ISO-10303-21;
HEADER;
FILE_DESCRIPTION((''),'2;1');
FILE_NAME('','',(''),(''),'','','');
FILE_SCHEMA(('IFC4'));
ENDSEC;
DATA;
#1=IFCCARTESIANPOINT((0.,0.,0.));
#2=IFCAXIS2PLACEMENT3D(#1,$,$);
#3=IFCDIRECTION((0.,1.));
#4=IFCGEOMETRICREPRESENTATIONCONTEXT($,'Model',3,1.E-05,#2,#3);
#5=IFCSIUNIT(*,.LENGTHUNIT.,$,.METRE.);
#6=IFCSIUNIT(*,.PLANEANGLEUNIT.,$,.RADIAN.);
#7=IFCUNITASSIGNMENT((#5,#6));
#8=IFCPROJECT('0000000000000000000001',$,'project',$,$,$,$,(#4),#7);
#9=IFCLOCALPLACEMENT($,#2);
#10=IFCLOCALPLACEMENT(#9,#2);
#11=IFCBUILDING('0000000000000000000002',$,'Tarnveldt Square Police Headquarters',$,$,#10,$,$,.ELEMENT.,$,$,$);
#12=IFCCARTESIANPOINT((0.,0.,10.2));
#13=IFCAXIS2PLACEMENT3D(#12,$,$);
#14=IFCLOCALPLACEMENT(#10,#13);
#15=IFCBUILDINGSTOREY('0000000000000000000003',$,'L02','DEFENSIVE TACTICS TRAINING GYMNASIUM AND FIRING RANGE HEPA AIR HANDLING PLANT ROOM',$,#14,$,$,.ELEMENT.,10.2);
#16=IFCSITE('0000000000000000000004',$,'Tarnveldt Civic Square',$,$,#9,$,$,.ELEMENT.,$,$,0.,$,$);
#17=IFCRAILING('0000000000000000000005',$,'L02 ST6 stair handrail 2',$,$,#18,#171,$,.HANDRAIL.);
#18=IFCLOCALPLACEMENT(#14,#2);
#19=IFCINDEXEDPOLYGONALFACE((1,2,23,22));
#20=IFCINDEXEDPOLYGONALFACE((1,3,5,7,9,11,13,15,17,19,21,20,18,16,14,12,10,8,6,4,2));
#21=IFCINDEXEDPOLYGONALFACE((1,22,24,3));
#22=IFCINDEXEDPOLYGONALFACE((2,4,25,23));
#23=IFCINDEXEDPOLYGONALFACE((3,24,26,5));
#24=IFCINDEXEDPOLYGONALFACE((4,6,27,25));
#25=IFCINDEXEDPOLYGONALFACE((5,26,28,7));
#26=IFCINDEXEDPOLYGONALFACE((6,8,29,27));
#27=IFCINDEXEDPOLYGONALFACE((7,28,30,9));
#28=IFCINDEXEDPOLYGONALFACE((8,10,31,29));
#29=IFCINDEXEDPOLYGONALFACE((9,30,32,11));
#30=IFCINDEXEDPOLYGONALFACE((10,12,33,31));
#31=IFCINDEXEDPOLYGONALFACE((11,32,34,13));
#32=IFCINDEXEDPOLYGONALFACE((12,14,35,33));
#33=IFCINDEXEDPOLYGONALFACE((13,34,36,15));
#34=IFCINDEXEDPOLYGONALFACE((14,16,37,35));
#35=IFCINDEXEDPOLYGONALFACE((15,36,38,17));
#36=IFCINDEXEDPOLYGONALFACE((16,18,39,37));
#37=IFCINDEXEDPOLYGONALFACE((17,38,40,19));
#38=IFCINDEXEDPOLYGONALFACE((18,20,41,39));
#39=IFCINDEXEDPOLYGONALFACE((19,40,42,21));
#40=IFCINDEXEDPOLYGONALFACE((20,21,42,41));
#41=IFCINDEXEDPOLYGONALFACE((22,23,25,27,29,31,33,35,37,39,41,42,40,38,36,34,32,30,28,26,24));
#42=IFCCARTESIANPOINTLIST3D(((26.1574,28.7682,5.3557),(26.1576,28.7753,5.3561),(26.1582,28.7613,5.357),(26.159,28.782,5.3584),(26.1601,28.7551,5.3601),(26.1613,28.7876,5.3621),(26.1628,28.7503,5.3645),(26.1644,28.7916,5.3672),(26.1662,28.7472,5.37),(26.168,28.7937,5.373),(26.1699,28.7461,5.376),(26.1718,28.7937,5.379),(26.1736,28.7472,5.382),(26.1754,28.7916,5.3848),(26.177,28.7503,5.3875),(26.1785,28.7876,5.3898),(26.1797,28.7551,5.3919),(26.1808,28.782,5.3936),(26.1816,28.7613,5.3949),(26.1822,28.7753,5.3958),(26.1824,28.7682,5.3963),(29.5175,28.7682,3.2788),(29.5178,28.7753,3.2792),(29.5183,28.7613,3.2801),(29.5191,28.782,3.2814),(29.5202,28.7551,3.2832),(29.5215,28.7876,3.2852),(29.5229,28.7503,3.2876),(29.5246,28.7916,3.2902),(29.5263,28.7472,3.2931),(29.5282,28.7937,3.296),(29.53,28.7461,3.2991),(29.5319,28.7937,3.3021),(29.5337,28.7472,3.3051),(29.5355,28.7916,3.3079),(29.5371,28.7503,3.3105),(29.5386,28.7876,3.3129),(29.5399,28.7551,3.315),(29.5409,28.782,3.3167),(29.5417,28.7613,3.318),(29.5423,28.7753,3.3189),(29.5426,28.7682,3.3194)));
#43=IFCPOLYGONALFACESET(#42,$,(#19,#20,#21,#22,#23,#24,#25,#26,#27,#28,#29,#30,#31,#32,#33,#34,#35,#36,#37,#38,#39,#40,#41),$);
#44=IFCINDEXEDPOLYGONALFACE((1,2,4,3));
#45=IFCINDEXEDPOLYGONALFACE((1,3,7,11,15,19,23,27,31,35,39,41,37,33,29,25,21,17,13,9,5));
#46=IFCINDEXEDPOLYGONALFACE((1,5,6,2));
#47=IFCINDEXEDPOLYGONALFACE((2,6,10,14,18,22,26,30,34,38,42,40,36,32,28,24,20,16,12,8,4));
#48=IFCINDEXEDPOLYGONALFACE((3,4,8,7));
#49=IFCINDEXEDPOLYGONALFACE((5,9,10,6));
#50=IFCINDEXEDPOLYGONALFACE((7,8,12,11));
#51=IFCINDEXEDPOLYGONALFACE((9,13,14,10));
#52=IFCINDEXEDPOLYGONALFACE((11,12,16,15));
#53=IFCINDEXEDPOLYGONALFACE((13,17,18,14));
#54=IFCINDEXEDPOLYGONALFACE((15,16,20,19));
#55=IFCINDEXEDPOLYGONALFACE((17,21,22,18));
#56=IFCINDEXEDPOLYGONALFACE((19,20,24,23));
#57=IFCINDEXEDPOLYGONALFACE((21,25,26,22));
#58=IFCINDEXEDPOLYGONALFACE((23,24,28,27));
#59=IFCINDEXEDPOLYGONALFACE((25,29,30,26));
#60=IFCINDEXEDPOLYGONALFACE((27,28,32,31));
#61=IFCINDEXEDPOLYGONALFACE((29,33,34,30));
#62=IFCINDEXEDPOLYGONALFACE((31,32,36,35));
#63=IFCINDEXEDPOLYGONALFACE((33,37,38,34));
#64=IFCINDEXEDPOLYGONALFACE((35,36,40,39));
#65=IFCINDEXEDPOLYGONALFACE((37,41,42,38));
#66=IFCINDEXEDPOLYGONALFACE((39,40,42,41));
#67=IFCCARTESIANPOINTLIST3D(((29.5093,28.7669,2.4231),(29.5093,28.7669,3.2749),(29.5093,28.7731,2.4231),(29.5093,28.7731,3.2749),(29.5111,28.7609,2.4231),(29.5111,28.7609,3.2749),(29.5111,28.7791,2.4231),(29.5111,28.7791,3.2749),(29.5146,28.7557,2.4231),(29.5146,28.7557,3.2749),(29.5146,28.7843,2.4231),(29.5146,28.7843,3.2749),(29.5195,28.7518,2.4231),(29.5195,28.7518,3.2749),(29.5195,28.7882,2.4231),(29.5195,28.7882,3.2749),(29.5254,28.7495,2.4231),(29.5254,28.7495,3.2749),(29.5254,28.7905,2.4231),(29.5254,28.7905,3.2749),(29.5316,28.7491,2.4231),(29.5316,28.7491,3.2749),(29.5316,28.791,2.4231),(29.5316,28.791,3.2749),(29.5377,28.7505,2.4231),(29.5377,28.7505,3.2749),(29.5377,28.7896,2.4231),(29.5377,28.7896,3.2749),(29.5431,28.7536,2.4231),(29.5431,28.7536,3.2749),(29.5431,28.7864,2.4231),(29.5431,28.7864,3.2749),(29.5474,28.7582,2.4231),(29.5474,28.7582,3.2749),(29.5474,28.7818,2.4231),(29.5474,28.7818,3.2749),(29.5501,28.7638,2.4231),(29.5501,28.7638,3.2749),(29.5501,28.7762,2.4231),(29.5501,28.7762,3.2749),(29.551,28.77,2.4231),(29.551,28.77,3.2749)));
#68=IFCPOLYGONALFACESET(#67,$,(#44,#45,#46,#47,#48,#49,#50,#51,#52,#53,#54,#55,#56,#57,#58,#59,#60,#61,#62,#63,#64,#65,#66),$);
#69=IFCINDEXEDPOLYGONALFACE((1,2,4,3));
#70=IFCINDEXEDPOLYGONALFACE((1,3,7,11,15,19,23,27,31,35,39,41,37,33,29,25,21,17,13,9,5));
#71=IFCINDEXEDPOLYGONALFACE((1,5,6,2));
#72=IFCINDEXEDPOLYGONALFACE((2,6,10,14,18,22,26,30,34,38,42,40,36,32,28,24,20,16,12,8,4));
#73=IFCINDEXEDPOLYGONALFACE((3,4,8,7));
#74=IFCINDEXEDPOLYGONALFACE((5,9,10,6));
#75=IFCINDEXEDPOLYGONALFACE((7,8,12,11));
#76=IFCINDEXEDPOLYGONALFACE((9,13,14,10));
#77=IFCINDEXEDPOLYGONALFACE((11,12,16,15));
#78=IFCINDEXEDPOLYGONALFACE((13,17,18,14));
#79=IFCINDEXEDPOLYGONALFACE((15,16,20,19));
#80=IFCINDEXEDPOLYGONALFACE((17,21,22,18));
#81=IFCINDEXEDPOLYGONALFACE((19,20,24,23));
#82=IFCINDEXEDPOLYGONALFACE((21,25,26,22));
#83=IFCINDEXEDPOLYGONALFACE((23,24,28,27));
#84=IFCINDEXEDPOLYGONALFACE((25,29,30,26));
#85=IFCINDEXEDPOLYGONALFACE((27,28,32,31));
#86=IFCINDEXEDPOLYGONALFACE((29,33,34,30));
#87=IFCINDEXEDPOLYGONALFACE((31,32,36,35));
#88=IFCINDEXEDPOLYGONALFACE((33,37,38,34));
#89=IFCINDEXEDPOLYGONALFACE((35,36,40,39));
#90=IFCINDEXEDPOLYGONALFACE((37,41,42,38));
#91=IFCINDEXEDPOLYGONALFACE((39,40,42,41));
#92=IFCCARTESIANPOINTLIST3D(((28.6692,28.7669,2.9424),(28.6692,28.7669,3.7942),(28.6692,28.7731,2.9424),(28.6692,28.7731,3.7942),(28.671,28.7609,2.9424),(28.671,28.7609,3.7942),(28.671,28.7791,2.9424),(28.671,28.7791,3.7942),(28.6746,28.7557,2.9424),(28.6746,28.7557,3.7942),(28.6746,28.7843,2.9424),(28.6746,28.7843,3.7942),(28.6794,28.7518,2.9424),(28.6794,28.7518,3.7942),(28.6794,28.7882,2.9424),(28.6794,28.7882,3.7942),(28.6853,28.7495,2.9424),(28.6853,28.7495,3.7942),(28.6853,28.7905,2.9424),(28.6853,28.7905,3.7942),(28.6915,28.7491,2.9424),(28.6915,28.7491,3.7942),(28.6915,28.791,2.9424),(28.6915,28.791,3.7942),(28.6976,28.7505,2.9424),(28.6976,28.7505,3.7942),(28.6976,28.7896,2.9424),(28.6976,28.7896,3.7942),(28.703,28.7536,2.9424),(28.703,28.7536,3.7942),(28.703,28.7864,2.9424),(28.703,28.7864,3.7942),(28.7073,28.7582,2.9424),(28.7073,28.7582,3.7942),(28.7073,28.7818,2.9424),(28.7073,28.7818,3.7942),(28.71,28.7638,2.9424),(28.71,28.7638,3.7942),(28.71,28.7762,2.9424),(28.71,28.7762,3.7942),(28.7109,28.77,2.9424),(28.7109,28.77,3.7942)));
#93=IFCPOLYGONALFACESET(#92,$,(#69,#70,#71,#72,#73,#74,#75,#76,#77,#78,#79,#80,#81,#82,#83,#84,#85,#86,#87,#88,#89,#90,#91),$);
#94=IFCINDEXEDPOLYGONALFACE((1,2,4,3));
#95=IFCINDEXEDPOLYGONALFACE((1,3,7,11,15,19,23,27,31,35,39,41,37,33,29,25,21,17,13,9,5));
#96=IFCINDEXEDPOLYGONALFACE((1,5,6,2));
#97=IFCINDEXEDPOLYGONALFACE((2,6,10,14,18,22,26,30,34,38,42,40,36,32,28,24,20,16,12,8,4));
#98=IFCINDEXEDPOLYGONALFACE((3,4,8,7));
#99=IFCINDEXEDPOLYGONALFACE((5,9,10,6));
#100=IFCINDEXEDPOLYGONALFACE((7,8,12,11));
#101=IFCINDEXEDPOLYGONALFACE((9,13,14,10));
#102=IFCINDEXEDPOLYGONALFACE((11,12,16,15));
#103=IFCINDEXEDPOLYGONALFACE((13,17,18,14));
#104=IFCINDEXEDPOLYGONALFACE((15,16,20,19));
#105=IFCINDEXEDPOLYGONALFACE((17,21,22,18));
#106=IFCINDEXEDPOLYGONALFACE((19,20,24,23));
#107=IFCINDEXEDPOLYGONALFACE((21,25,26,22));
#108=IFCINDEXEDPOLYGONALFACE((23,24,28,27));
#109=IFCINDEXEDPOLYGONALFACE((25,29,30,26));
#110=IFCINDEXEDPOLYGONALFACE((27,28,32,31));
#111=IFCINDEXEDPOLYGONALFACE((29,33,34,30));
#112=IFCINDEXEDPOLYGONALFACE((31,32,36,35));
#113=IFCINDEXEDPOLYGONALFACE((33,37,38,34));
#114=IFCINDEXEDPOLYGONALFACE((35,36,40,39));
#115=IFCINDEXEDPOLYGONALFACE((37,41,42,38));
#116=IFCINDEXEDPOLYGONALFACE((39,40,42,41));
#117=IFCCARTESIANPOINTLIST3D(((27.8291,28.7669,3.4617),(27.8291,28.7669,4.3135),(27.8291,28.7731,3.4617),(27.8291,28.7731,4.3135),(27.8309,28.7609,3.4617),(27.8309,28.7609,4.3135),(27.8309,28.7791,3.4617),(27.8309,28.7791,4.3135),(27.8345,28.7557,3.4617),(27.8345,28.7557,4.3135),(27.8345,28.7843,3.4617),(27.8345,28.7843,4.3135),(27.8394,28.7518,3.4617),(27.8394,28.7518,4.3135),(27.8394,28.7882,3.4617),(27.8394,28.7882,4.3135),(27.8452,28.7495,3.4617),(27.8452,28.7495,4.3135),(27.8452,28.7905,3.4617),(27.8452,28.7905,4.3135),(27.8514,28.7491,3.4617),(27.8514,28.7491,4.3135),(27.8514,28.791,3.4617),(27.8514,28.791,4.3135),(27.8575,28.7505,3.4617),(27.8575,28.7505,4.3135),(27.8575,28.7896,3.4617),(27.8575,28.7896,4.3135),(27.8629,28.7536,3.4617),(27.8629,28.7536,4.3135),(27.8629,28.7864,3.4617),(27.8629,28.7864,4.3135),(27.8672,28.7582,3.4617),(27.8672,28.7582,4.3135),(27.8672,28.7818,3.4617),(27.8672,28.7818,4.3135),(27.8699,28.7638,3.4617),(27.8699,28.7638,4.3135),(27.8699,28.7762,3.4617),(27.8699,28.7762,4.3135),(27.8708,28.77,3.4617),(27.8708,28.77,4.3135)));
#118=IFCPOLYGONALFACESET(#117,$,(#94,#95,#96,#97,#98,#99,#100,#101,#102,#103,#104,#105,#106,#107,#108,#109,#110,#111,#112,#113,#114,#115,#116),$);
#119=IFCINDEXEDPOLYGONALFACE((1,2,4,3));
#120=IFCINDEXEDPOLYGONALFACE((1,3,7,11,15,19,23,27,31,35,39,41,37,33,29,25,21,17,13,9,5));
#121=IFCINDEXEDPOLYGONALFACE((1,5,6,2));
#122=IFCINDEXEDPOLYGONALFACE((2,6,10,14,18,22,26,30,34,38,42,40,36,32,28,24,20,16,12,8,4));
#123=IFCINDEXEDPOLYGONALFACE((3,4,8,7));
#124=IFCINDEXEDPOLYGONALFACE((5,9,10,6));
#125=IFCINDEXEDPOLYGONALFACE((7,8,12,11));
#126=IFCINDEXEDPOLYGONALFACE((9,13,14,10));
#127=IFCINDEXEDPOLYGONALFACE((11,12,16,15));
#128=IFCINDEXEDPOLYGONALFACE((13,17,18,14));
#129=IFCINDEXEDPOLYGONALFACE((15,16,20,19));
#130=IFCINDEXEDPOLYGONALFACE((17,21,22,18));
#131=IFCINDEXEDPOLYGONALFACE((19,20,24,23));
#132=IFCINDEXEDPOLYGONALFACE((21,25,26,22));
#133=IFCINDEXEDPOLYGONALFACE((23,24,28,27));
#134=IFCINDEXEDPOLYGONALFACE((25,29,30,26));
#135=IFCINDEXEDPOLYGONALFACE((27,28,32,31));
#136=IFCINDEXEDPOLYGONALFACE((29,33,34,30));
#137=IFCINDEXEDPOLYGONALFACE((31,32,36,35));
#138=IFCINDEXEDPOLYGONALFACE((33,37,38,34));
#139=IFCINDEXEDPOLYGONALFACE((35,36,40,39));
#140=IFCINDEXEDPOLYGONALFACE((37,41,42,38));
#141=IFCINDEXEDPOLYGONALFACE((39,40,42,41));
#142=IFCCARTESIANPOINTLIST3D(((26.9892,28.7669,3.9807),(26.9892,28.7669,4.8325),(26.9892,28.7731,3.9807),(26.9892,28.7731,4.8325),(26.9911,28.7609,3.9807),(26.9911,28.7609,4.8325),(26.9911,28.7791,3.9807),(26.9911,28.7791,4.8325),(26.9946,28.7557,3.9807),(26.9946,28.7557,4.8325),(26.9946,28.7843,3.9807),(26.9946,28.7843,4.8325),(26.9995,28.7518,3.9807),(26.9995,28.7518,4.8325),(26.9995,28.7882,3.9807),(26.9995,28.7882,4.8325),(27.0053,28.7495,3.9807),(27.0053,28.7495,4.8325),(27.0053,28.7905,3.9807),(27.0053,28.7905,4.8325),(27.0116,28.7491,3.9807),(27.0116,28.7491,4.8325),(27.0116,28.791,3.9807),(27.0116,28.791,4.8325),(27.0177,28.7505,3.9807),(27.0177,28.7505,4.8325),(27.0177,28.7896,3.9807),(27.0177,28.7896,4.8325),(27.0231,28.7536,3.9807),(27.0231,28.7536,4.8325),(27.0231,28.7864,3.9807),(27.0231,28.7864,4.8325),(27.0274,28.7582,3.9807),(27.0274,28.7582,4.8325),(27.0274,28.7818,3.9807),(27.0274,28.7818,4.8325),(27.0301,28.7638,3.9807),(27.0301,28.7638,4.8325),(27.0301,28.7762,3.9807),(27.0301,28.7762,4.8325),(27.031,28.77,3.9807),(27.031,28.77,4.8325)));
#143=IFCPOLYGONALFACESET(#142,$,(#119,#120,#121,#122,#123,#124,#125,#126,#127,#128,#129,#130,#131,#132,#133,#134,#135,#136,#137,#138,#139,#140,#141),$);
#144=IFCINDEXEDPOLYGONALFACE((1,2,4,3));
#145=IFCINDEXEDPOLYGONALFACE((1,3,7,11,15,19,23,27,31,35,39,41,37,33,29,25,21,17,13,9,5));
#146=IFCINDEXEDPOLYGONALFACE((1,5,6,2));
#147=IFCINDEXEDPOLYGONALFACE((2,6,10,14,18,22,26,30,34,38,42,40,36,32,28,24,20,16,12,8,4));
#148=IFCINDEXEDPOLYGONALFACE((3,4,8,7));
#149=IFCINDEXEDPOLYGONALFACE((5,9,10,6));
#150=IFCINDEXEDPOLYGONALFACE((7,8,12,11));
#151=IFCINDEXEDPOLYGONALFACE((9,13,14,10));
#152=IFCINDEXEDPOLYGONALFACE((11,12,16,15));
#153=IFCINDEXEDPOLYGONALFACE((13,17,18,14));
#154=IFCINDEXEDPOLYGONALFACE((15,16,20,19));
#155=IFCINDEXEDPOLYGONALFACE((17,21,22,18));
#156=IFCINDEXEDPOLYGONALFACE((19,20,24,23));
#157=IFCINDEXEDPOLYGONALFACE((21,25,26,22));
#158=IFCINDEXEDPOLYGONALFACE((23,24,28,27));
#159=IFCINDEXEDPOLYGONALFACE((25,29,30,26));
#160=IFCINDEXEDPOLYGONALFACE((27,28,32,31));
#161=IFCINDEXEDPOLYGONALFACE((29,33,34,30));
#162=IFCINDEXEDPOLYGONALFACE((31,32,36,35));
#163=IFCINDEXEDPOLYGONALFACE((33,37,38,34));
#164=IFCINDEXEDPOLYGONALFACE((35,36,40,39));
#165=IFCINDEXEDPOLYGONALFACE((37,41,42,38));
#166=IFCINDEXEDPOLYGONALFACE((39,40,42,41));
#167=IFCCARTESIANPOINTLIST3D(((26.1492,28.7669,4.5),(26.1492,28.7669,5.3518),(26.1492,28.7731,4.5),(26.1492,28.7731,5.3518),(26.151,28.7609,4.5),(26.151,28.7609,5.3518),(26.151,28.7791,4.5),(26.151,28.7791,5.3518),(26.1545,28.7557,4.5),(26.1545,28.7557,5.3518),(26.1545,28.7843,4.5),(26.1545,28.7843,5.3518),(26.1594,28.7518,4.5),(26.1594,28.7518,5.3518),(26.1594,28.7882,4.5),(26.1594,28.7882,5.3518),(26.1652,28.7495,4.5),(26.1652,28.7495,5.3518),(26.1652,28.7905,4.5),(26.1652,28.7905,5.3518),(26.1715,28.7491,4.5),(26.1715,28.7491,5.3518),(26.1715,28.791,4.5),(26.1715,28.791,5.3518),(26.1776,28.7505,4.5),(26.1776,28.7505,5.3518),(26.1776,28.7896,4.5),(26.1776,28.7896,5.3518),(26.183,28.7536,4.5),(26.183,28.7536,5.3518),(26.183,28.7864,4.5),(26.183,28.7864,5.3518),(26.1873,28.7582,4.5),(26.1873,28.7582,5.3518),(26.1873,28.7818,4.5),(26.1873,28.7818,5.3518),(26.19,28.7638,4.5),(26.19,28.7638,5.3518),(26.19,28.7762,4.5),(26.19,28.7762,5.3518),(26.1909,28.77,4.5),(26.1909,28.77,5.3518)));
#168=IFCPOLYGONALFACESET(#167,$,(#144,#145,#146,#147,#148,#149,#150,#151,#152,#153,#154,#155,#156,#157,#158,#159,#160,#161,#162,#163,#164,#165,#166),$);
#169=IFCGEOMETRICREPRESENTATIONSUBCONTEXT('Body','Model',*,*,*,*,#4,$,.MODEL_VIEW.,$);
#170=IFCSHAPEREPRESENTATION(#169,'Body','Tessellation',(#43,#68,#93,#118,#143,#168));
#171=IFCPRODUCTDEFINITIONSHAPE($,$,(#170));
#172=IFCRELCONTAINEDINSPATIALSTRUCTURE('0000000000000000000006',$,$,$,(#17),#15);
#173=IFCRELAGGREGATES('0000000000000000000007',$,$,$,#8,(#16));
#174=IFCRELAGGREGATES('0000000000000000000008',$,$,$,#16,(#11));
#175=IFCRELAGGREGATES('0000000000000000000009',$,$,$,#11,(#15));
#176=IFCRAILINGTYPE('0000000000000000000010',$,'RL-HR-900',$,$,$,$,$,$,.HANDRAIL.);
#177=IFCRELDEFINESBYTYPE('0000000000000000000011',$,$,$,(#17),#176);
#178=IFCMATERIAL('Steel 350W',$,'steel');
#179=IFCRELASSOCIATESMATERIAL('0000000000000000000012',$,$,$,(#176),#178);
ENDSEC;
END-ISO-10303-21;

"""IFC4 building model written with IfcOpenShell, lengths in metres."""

from ifc_helpers import new_model, si_unit, direction, frame, origin, origin_2d, place, context, subcontext, project, spatial, circle, extrude, material, type_object, element, save


model = new_model("IFC4")

# Units and contexts
model_context = context("Model", 3, precision=1e-05, world=origin(), true_north=direction((0.0, 1.0)))
body_context = subcontext(model_context, "Body", "Model", "MODEL_VIEW")
ifc_project = project(units=[si_unit("LENGTHUNIT", "METRE"), si_unit("PLANEANGLEUNIT", "RADIAN")], contexts=[model_context])

# Site, building, storey
site_placement = place(None, origin())
site = spatial("IfcSite", under=ifc_project, at=site_placement, Name="Tarnveldt Civic Square", CompositionType="ELEMENT", RefElevation=0.0)
building_placement = place(site_placement, origin())
building = spatial("IfcBuilding", under=site, at=building_placement, Name="Tarnveldt Square Police Headquarters", CompositionType="ELEMENT")
storey_placement = place(building_placement, frame((0.0, 0.0, 10.2)))
storey = spatial("IfcBuildingStorey", under=building, at=storey_placement, Name="L02", Description="DEFENSIVE TACTICS TRAINING GYMNASIUM AND FIRING RANGE HEPA AIR HANDLING PLANT ROOM", CompositionType="ELEMENT", Elevation=10.2)

# Shared definitions
ifc_material_1 = material(Name="Steel 350W", Category="steel")

# Railing
railing_type_1 = type_object("IfcRailingType", Name="RL-HR-900", PredefinedType="HANDRAIL", material=ifc_material_1)
railing_1_placement = place(storey_placement, frame((29.53, 28.77, 2.4231)))
element("IfcRailing", 1, at=railing_1_placement, inside=storey, type_object=railing_type_1, Name="L02 ST6 stair handrail 2", PredefinedType="HANDRAIL", context=body_context, shape_type="SweptSolid", body=[
    extrude(circle(Radius=0.0239, at=origin_2d()), frame((0.0, 0.0, 0.876), z_axis=(-0.850623, 0.0, 0.525776), x_axis=(0.0, -1.0, 0.0)), (0.0, 0.0, 1.0), 3.9502),
    extrude(circle(Radius=0.021, at=origin_2d()), origin(), (0.0, 0.0, 1.0), 0.8518),
    extrude(circle(Radius=0.021, at=origin_2d()), frame((-0.8401, 0.0, 0.5193)), (0.0, 0.0, 1.0), 0.8518),
    extrude(circle(Radius=0.021, at=origin_2d()), frame((-1.6802, 0.0, 1.0386)), (0.0, 0.0, 1.0), 0.8518),
    extrude(circle(Radius=0.021, at=origin_2d()), frame((-2.52, 0.0, 1.5576)), (0.0, 0.0, 1.0), 0.8518),
    extrude(circle(Radius=0.021, at=origin_2d()), frame((-3.3601, 0.0, 2.0769)), (0.0, 0.0, 1.0), 0.8518),
])

save(model, "model.ifc")
